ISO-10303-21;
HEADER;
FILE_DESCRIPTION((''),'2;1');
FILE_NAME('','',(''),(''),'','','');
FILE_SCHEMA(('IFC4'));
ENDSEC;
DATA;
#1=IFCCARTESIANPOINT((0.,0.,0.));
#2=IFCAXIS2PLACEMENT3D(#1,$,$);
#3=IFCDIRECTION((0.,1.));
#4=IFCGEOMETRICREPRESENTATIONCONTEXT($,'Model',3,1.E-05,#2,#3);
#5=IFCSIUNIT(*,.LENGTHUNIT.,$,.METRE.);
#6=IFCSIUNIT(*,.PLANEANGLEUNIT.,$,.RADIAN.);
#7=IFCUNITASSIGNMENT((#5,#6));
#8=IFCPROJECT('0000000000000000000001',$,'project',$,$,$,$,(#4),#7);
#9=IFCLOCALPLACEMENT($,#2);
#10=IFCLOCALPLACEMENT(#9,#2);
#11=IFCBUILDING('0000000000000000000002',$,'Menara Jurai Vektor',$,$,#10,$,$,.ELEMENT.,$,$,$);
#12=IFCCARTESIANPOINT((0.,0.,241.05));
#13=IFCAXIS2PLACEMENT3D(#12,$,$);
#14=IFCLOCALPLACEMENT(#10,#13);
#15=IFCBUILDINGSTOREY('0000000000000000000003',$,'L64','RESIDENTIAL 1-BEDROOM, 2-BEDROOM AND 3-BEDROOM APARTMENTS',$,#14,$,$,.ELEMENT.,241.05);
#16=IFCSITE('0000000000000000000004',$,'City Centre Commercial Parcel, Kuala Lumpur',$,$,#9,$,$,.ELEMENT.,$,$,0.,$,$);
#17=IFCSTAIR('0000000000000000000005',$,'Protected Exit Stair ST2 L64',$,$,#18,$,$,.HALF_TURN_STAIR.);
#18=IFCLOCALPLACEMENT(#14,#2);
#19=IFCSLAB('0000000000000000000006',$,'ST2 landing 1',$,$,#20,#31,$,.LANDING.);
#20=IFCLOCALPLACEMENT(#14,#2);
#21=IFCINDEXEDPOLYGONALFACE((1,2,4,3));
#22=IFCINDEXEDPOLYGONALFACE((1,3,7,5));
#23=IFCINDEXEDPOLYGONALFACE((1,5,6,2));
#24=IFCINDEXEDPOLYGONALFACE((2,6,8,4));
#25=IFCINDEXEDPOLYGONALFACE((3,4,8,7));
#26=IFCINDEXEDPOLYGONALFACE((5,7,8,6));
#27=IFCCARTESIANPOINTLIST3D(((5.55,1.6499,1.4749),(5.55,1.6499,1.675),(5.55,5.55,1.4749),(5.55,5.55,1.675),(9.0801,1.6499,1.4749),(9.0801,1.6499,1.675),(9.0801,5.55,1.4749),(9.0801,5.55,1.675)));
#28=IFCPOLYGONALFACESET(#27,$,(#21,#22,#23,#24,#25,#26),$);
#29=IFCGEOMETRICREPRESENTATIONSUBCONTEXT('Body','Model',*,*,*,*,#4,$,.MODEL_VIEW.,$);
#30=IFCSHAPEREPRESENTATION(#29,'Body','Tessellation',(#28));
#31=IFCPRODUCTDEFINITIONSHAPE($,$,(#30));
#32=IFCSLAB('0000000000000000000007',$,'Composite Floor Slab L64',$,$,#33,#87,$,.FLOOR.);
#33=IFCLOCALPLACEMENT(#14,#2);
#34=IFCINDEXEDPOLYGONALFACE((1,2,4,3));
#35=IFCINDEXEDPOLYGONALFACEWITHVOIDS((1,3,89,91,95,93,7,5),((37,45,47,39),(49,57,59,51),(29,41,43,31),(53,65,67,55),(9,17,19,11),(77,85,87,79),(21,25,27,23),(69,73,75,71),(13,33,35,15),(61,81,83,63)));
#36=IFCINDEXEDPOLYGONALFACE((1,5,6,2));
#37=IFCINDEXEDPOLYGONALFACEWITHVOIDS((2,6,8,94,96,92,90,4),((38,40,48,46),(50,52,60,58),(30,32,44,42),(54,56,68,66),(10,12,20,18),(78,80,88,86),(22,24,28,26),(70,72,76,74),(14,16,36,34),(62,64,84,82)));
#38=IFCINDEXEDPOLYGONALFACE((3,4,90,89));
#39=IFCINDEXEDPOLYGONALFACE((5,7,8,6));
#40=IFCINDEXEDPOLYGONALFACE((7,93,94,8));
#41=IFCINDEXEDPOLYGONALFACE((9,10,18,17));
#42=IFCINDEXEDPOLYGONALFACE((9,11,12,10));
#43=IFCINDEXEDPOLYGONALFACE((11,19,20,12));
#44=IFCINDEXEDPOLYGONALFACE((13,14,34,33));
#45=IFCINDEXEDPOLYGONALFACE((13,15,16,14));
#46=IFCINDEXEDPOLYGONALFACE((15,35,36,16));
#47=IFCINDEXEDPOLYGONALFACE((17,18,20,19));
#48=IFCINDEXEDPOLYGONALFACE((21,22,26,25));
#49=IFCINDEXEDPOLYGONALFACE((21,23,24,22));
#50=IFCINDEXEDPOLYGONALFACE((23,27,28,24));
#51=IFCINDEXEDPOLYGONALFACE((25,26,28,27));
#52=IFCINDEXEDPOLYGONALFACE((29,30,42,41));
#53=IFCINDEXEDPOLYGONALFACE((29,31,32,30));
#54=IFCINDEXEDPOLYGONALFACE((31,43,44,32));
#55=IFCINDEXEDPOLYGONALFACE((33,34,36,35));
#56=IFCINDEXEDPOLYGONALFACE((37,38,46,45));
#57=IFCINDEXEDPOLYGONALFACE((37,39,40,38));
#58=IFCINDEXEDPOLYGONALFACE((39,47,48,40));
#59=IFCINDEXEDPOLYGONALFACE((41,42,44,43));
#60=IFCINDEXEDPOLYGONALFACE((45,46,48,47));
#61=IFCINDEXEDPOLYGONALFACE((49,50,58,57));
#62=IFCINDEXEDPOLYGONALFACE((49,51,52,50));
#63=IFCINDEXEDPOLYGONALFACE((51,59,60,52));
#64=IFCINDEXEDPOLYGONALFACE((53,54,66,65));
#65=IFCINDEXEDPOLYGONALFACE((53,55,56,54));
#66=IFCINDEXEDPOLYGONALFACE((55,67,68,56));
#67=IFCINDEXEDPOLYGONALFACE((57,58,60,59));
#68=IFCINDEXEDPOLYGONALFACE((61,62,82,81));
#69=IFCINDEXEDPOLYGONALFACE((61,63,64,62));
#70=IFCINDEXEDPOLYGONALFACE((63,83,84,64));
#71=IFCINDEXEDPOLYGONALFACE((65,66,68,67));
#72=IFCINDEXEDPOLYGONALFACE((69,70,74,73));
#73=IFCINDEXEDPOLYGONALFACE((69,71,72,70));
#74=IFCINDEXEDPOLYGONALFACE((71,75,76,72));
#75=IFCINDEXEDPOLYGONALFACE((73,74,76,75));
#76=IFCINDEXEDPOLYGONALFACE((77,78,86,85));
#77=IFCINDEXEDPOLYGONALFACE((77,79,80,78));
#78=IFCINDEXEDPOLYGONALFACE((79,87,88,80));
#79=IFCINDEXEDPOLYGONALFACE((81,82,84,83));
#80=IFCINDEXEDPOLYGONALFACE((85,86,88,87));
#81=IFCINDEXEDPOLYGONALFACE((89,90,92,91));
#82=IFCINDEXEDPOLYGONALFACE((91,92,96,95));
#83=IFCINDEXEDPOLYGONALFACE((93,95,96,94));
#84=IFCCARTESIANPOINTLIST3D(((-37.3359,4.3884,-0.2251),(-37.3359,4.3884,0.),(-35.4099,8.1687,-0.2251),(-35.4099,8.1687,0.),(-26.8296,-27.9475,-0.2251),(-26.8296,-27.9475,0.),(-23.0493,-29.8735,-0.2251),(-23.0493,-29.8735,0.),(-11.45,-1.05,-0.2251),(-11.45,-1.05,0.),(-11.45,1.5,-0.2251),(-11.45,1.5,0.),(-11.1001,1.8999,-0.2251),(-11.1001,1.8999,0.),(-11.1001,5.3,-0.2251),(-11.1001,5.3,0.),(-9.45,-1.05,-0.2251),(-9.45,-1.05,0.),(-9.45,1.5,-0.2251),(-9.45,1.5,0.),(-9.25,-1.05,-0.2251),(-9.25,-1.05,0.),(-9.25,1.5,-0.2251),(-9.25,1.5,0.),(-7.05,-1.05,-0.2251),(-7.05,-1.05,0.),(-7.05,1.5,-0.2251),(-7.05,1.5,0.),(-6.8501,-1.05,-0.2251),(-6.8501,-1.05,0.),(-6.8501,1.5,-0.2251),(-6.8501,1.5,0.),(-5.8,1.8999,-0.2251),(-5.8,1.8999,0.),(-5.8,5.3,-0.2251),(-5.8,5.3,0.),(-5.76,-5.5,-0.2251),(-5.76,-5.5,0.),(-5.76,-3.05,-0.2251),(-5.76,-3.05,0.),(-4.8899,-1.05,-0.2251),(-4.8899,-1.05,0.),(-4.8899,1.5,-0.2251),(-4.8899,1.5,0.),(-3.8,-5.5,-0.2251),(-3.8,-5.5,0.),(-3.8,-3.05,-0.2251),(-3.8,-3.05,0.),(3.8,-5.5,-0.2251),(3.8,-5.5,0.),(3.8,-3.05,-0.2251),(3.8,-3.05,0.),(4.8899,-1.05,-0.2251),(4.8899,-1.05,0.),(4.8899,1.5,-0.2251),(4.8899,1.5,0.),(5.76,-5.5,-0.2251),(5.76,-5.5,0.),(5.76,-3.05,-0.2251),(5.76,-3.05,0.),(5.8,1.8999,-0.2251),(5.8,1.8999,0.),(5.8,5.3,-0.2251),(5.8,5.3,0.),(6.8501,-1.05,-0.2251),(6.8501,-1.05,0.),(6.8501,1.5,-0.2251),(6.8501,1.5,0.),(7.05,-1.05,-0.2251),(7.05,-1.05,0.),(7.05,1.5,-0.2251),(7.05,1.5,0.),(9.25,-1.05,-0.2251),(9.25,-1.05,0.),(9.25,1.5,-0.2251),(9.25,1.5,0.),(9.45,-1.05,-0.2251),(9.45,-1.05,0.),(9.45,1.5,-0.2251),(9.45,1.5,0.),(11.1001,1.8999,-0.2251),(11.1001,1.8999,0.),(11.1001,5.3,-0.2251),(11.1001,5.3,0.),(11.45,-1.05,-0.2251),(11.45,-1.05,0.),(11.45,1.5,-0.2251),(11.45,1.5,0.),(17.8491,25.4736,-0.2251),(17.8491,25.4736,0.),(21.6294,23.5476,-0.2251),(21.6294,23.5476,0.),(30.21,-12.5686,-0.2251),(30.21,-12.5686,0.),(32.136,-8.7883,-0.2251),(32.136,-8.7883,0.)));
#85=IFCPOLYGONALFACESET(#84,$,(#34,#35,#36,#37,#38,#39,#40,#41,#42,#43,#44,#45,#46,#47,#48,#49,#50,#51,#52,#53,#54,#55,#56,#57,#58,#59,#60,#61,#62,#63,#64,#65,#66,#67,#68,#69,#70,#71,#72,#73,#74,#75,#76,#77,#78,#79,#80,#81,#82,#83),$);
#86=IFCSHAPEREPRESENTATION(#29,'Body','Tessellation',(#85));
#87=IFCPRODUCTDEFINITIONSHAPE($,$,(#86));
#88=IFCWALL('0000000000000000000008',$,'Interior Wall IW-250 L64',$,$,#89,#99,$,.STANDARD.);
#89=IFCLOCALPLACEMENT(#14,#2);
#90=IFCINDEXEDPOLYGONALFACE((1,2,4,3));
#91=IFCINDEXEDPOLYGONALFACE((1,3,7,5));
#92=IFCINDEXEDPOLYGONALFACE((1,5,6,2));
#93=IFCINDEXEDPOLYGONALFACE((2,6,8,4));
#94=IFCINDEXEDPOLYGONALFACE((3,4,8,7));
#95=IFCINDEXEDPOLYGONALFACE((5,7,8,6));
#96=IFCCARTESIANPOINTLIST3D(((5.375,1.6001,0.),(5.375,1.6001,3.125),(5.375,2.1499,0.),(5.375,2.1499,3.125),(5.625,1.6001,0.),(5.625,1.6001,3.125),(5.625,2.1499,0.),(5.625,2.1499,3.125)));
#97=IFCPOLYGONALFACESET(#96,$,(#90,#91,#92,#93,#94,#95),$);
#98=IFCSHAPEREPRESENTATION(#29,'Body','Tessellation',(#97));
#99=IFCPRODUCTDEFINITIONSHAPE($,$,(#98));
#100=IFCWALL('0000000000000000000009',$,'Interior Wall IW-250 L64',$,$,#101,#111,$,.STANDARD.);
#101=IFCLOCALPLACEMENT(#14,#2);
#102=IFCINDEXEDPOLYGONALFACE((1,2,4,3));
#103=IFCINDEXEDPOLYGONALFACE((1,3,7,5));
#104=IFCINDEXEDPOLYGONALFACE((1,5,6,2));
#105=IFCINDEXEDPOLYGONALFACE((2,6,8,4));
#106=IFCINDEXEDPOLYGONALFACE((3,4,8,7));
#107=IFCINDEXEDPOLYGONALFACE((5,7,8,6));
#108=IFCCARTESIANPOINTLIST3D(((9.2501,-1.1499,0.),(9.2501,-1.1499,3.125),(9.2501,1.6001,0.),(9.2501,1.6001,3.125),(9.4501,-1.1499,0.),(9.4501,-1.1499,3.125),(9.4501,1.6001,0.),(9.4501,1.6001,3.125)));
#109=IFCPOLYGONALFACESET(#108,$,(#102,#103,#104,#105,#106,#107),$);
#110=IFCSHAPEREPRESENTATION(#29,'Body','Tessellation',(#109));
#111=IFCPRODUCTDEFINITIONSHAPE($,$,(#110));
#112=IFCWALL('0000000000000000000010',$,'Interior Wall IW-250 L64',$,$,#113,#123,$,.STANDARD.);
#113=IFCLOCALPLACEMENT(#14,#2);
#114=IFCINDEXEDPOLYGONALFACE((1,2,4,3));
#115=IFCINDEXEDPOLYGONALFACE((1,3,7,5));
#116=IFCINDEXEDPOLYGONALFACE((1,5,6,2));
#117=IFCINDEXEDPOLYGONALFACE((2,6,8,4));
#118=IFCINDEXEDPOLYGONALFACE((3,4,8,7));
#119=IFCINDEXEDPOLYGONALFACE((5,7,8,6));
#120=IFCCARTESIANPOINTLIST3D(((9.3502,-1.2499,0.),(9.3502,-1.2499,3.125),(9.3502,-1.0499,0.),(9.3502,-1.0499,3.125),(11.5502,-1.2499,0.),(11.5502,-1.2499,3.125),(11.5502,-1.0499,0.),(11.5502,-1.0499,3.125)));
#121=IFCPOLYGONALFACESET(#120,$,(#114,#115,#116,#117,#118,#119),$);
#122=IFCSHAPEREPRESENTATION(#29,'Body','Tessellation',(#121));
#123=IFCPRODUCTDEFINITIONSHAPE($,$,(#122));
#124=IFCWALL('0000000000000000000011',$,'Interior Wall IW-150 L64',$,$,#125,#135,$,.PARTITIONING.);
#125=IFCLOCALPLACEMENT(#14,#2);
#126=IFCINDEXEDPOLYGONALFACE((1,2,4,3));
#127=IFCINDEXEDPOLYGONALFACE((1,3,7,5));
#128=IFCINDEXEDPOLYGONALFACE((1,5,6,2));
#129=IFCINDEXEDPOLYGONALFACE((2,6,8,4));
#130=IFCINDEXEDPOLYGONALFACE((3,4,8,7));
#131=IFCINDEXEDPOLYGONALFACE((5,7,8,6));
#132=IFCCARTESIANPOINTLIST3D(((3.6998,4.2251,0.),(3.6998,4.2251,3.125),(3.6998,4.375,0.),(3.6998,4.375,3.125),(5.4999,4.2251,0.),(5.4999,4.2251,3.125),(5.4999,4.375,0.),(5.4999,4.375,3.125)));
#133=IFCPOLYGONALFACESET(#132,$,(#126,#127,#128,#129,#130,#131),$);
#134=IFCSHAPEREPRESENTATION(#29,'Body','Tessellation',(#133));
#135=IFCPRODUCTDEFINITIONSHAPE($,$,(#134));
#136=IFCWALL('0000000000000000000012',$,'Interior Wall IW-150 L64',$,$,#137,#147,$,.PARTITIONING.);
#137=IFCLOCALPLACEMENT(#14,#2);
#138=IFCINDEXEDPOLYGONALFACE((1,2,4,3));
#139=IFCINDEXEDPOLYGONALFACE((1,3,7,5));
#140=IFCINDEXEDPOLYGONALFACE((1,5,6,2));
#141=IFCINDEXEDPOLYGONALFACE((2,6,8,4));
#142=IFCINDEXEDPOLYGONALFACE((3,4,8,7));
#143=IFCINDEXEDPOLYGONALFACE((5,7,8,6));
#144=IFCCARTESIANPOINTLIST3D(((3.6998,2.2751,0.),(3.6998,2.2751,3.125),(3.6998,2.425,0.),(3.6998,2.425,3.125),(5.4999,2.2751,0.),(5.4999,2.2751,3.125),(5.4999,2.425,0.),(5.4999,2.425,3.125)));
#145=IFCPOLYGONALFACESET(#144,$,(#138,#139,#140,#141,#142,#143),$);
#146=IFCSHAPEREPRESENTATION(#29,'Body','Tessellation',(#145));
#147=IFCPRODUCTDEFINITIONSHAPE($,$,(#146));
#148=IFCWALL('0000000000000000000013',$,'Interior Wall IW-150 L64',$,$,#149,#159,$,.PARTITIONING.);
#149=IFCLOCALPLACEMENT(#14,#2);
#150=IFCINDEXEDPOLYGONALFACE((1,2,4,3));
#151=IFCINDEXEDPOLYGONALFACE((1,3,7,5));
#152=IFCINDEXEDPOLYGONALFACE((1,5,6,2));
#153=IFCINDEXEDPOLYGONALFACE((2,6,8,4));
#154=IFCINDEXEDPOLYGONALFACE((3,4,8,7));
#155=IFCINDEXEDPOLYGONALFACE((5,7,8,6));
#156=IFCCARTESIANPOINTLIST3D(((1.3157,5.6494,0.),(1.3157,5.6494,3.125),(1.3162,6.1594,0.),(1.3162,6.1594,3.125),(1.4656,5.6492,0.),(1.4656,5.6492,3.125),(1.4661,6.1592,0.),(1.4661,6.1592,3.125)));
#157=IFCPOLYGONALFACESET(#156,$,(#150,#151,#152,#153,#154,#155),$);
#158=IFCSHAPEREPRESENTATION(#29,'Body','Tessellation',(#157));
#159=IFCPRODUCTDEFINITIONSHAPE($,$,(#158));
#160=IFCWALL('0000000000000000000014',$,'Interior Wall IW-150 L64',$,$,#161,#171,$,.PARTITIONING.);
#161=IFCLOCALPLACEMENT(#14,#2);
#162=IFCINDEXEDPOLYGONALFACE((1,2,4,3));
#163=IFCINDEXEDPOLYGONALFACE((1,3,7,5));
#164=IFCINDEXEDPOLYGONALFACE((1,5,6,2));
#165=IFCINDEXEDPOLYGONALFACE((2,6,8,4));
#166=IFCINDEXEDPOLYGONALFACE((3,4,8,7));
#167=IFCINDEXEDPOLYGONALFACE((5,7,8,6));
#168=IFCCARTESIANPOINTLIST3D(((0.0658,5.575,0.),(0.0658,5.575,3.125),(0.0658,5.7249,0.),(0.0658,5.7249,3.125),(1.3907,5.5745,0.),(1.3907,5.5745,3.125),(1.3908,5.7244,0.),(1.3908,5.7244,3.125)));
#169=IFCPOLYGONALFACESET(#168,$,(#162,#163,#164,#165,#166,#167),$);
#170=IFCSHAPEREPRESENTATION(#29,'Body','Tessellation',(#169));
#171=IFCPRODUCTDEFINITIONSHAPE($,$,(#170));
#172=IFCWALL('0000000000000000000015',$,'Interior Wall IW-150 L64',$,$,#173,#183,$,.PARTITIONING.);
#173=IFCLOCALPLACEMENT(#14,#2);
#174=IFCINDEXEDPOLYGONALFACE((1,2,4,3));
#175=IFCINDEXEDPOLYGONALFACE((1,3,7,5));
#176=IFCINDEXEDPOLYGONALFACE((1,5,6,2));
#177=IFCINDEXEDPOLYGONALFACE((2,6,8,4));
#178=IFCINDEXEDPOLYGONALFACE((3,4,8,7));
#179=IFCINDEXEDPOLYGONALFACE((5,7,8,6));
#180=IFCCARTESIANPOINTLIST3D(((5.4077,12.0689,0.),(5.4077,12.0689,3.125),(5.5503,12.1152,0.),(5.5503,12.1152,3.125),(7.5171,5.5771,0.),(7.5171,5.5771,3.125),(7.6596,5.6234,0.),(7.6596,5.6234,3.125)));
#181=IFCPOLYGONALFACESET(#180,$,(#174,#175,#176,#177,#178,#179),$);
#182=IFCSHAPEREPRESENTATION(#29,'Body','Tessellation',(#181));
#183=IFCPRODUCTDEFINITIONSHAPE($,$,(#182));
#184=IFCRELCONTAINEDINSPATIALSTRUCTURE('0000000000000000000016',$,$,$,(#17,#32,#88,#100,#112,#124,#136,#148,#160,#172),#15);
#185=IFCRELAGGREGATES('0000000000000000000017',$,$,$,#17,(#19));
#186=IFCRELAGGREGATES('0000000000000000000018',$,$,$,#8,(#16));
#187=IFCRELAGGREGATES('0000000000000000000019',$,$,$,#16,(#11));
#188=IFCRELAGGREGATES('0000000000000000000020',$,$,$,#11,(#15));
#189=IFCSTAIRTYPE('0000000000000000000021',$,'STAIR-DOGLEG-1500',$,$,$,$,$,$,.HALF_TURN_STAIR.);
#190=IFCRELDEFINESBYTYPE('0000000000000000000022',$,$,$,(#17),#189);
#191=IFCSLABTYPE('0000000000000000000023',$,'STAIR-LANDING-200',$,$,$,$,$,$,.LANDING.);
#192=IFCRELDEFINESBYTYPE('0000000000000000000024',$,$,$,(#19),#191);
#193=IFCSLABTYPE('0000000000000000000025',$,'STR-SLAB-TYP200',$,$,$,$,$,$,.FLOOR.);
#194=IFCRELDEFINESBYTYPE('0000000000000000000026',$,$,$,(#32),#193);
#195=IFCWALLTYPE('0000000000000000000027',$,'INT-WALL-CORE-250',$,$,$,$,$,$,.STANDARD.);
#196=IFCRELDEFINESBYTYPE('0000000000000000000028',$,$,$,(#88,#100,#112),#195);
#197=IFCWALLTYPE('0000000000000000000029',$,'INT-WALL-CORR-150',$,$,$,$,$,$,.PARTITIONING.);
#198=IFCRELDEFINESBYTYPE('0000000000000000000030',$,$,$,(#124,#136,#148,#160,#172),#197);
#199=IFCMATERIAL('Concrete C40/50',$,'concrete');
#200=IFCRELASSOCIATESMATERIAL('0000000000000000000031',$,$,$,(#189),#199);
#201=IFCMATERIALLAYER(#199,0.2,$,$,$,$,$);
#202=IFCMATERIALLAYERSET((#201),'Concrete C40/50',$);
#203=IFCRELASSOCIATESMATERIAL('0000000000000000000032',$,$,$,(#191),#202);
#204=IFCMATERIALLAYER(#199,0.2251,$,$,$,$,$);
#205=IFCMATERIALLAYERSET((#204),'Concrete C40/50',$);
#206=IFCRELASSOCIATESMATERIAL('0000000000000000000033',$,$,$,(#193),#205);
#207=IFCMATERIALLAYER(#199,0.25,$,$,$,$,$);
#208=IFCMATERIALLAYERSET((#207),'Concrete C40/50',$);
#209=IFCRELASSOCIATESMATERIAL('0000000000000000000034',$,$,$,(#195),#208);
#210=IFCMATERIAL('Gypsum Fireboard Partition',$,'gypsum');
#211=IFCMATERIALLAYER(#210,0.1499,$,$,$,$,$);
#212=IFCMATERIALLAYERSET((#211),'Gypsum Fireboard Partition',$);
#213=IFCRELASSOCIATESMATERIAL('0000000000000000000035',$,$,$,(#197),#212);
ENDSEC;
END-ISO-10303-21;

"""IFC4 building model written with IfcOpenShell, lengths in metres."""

from ifc_helpers import new_model, si_unit, direction, frame, frame_2d, origin, place, context, subcontext, project, spatial, polyline, rectangle, outline, extrude, material, layer, layer_set, type_object, element, aggregate, save


model = new_model("IFC4")

# Units and contexts
model_context = context("Model", 3, precision=1e-05, world=origin(), true_north=direction((0.0, 1.0)))
body_context = subcontext(model_context, "Body", "Model", "MODEL_VIEW")
ifc_project = project(units=[si_unit("LENGTHUNIT", "METRE"), si_unit("PLANEANGLEUNIT", "RADIAN")], contexts=[model_context])

# Site, building, storey
site_placement = place(None, origin())
site = spatial("IfcSite", under=ifc_project, at=site_placement, Name="City Centre Commercial Parcel, Kuala Lumpur", CompositionType="ELEMENT", RefElevation=0.0)
building_placement = place(site_placement, origin())
building = spatial("IfcBuilding", under=site, at=building_placement, Name="Menara Jurai Vektor", CompositionType="ELEMENT")
storey_placement = place(building_placement, frame((0.0, 0.0, 241.05)))
storey = spatial("IfcBuildingStorey", under=building, at=storey_placement, Name="L64", Description="RESIDENTIAL 1-BEDROOM, 2-BEDROOM AND 3-BEDROOM APARTMENTS", CompositionType="ELEMENT", Elevation=241.05)

# Stair, slab
ifc_material_1 = material(Name="Concrete C40/50", Category="concrete")
stair_type = type_object("IfcStairType", Name="STAIR-DOGLEG-1500", PredefinedType="HALF_TURN_STAIR", material=ifc_material_1)
ifc_layer_1 = layer(ifc_material_1, 0.2)
ifc_layer_set_1 = layer_set([ifc_layer_1], Name="Concrete C40/50")
slab_type_1 = type_object("IfcSlabType", Name="STAIR-LANDING-200", PredefinedType="LANDING", material=ifc_layer_set_1)
stair_1_placement = place(storey_placement, origin())
stair_1 = element("IfcStair", 1, at=stair_1_placement, inside=storey, type_object=stair_type, Name="Protected Exit Stair ST2 L64", PredefinedType="HALF_TURN_STAIR")
slab_1_placement = place(storey_placement, frame((0.0, 0.0, 1.4749)))
slab_1 = element("IfcSlab", 2, at=slab_1_placement, type_object=slab_type_1, Name="ST2 landing 1", PredefinedType="LANDING", context=body_context, shape_type="SweptSolid", body=[
    extrude(outline(polyline([(5.55, 1.6499), (9.0801, 1.6499), (9.0801, 5.55), (5.55, 5.55), (5.55, 1.6499)])), origin(), (0.0, 0.0, 1.0), 0.2002),
])

# Slab
ifc_layer_2 = layer(ifc_material_1, 0.2251)
ifc_layer_set_2 = layer_set([ifc_layer_2], Name="Concrete C40/50")
slab_type_2 = type_object("IfcSlabType", Name="STR-SLAB-TYP200", PredefinedType="FLOOR", material=ifc_layer_set_2)
slab_2_placement = place(storey_placement, frame((0.0, 0.0, -0.2251)))
element("IfcSlab", 3, at=slab_2_placement, inside=storey, type_object=slab_type_2, Name="Composite Floor Slab L64", PredefinedType="FLOOR", context=body_context, shape_type="SweptSolid", body=[
    extrude(outline(polyline([(-23.0493, -29.8735), (30.21, -12.5686), (32.136, -8.7883), (21.6294, 23.5476), (17.8491, 25.4736), (-35.4099, 8.1687), (-37.3359, 4.3884), (-26.8296, -27.9475), (-23.0493, -29.8735)]), holes=[polyline([(-11.1001, 1.8999), (-11.1001, 5.3), (-5.8, 5.3), (-5.8, 1.8999), (-11.1001, 1.8999)]), polyline([(5.8, 1.8999), (5.8, 5.3), (11.1001, 5.3), (11.1001, 1.8999), (5.8, 1.8999)]), polyline([(-11.45, -1.05), (-11.45, 1.5), (-9.45, 1.5), (-9.45, -1.05), (-11.45, -1.05)]), polyline([(9.45, -1.05), (9.45, 1.5), (11.45, 1.5), (11.45, -1.05), (9.45, -1.05)]), polyline([(-5.76, -5.5), (-5.76, -3.05), (-3.8, -3.05), (-3.8, -5.5), (-5.76, -5.5)]), polyline([(-6.8501, -1.05), (-6.8501, 1.5), (-4.8899, 1.5), (-4.8899, -1.05), (-6.8501, -1.05)]), polyline([(3.8, -5.5), (3.8, -3.05), (5.76, -3.05), (5.76, -5.5), (3.8, -5.5)]), polyline([(4.8899, -1.05), (4.8899, 1.5), (6.8501, 1.5), (6.8501, -1.05), (4.8899, -1.05)]), polyline([(-9.25, -1.05), (-9.25, 1.5), (-7.05, 1.5), (-7.05, -1.05), (-9.25, -1.05)]), polyline([(7.05, -1.05), (7.05, 1.5), (9.25, 1.5), (9.25, -1.05), (7.05, -1.05)])]), origin(), (0.0, 0.0, 1.0), 0.2251),
])

# Shared definitions
ifc_layer_3 = layer(ifc_material_1, 0.25)
ifc_layer_set_3 = layer_set([ifc_layer_3], Name="Concrete C40/50")
wall_type_1 = type_object("IfcWallType", Name="INT-WALL-CORE-250", PredefinedType="STANDARD", material=ifc_layer_set_3)

# Wall
wall_1_placement = place(storey_placement, frame((5.5, 1.6001, 0.0), z_axis=(0.0, 0.0, 1.0), x_axis=(0.0, 1.0, 0.0)))
element("IfcWall", 4, at=wall_1_placement, inside=storey, type_object=wall_type_1, Name="Interior Wall IW-250 L64", PredefinedType="STANDARD", context=body_context, shape_type="SweptSolid", body=[
    extrude(rectangle(XDim=0.5498, YDim=0.25, at=frame_2d((0.2749, 0.0))), origin(), (0.0, 0.0, 1.0), 3.125),
])

# Walls
wall_2_placement = place(storey_placement, frame((9.3501, -1.1499, 0.0), z_axis=(0.0, 0.0, 1.0), x_axis=(0.0, 1.0, 0.0)))
element("IfcWall", 5, at=wall_2_placement, inside=storey, type_object=wall_type_1, Name="Interior Wall IW-250 L64", PredefinedType="STANDARD", context=body_context, shape_type="SweptSolid", body=[
    extrude(rectangle(XDim=2.75, YDim=0.2, at=frame_2d((1.375, 0.0))), origin(), (0.0, 0.0, 1.0), 3.125),
])
wall_3_placement = place(storey_placement, frame((9.3501, -1.1499, 0.0), z_axis=(0.0, 0.0, 1.0), x_axis=(1.0, 0.0, 0.0)))
element("IfcWall", 6, at=wall_3_placement, inside=storey, type_object=wall_type_1, Name="Interior Wall IW-250 L64", PredefinedType="STANDARD", context=body_context, shape_type="SweptSolid", body=[
    extrude(rectangle(XDim=2.2, YDim=0.2, at=frame_2d((1.1001, 0.0))), origin(), (0.0, 0.0, 1.0), 3.125),
])
ifc_material_2 = material(Name="Gypsum Fireboard Partition", Category="gypsum")
ifc_layer_4 = layer(ifc_material_2, 0.1499)
ifc_layer_set_4 = layer_set([ifc_layer_4], Name="Gypsum Fireboard Partition")
wall_type_2 = type_object("IfcWallType", Name="INT-WALL-CORR-150", PredefinedType="PARTITIONING", material=ifc_layer_set_4)
for number, where, z_axis, x_axis, name in (
    (7, (3.7, 4.3, 0.0), (0.0, 0.0, 1.0), (1.0, 0.0, 0.0), "Interior Wall IW-150 L64"),
    (8, (3.7, 2.3501, 0.0), (0.0, 0.0, 1.0), (1.0, 0.0, 0.0), "Interior Wall IW-150 L64"),
):
    element("IfcWall", number, at=place(storey_placement, frame(where, z_axis=z_axis, x_axis=x_axis)), inside=storey, type_object=wall_type_2, Name=name, PredefinedType="PARTITIONING", context=body_context, shape_type="SweptSolid", body=[
        extrude(rectangle(XDim=1.8, YDim=0.1499, at=frame_2d((0.8999, 0.0))), origin(), (0.0, 0.0, 1.0), 3.125),
    ])
wall_4_placement = place(storey_placement, frame((1.3906, 5.6494, 0.0), z_axis=(0.0, 0.0, 1.0), x_axis=(0.000957, 1.0, 0.0)))
element("IfcWall", 9, at=wall_4_placement, inside=storey, type_object=wall_type_2, Name="Interior Wall IW-150 L64", PredefinedType="PARTITIONING", context=body_context, shape_type="SweptSolid", body=[
    extrude(rectangle(XDim=0.51, YDim=0.1499, at=frame_2d((0.2549, 0.0))), origin(), (0.0, 0.0, 1.0), 3.125),
])
wall_5_placement = place(storey_placement, frame((0.0657, 5.6499, 0.0), z_axis=(0.0, 0.0, 1.0), x_axis=(1.0, -0.000369, 0.0)))
element("IfcWall", 10, at=wall_5_placement, inside=storey, type_object=wall_type_2, Name="Interior Wall IW-150 L64", PredefinedType="PARTITIONING", context=body_context, shape_type="SweptSolid", body=[
    extrude(rectangle(XDim=1.325, YDim=0.1499, at=frame_2d((0.6626, 0.0))), origin(), (0.0, 0.0, 1.0), 3.125),
])
wall_6_placement = place(storey_placement, frame((7.5884, 5.6001, 0.0), z_axis=(0.0, 0.0, 1.0), x_axis=(-0.309019, 0.951056, 0.0)))
element("IfcWall", 11, at=wall_6_placement, inside=storey, type_object=wall_type_2, Name="Interior Wall IW-150 L64", PredefinedType="PARTITIONING", context=body_context, shape_type="SweptSolid", body=[
    extrude(rectangle(XDim=6.8259, YDim=0.1499, at=frame_2d((3.4131, 0.0))), origin(), (0.0, 0.0, 1.0), 3.125),
])

aggregate(stair_1, [slab_1])

save(model, "model.ifc")
